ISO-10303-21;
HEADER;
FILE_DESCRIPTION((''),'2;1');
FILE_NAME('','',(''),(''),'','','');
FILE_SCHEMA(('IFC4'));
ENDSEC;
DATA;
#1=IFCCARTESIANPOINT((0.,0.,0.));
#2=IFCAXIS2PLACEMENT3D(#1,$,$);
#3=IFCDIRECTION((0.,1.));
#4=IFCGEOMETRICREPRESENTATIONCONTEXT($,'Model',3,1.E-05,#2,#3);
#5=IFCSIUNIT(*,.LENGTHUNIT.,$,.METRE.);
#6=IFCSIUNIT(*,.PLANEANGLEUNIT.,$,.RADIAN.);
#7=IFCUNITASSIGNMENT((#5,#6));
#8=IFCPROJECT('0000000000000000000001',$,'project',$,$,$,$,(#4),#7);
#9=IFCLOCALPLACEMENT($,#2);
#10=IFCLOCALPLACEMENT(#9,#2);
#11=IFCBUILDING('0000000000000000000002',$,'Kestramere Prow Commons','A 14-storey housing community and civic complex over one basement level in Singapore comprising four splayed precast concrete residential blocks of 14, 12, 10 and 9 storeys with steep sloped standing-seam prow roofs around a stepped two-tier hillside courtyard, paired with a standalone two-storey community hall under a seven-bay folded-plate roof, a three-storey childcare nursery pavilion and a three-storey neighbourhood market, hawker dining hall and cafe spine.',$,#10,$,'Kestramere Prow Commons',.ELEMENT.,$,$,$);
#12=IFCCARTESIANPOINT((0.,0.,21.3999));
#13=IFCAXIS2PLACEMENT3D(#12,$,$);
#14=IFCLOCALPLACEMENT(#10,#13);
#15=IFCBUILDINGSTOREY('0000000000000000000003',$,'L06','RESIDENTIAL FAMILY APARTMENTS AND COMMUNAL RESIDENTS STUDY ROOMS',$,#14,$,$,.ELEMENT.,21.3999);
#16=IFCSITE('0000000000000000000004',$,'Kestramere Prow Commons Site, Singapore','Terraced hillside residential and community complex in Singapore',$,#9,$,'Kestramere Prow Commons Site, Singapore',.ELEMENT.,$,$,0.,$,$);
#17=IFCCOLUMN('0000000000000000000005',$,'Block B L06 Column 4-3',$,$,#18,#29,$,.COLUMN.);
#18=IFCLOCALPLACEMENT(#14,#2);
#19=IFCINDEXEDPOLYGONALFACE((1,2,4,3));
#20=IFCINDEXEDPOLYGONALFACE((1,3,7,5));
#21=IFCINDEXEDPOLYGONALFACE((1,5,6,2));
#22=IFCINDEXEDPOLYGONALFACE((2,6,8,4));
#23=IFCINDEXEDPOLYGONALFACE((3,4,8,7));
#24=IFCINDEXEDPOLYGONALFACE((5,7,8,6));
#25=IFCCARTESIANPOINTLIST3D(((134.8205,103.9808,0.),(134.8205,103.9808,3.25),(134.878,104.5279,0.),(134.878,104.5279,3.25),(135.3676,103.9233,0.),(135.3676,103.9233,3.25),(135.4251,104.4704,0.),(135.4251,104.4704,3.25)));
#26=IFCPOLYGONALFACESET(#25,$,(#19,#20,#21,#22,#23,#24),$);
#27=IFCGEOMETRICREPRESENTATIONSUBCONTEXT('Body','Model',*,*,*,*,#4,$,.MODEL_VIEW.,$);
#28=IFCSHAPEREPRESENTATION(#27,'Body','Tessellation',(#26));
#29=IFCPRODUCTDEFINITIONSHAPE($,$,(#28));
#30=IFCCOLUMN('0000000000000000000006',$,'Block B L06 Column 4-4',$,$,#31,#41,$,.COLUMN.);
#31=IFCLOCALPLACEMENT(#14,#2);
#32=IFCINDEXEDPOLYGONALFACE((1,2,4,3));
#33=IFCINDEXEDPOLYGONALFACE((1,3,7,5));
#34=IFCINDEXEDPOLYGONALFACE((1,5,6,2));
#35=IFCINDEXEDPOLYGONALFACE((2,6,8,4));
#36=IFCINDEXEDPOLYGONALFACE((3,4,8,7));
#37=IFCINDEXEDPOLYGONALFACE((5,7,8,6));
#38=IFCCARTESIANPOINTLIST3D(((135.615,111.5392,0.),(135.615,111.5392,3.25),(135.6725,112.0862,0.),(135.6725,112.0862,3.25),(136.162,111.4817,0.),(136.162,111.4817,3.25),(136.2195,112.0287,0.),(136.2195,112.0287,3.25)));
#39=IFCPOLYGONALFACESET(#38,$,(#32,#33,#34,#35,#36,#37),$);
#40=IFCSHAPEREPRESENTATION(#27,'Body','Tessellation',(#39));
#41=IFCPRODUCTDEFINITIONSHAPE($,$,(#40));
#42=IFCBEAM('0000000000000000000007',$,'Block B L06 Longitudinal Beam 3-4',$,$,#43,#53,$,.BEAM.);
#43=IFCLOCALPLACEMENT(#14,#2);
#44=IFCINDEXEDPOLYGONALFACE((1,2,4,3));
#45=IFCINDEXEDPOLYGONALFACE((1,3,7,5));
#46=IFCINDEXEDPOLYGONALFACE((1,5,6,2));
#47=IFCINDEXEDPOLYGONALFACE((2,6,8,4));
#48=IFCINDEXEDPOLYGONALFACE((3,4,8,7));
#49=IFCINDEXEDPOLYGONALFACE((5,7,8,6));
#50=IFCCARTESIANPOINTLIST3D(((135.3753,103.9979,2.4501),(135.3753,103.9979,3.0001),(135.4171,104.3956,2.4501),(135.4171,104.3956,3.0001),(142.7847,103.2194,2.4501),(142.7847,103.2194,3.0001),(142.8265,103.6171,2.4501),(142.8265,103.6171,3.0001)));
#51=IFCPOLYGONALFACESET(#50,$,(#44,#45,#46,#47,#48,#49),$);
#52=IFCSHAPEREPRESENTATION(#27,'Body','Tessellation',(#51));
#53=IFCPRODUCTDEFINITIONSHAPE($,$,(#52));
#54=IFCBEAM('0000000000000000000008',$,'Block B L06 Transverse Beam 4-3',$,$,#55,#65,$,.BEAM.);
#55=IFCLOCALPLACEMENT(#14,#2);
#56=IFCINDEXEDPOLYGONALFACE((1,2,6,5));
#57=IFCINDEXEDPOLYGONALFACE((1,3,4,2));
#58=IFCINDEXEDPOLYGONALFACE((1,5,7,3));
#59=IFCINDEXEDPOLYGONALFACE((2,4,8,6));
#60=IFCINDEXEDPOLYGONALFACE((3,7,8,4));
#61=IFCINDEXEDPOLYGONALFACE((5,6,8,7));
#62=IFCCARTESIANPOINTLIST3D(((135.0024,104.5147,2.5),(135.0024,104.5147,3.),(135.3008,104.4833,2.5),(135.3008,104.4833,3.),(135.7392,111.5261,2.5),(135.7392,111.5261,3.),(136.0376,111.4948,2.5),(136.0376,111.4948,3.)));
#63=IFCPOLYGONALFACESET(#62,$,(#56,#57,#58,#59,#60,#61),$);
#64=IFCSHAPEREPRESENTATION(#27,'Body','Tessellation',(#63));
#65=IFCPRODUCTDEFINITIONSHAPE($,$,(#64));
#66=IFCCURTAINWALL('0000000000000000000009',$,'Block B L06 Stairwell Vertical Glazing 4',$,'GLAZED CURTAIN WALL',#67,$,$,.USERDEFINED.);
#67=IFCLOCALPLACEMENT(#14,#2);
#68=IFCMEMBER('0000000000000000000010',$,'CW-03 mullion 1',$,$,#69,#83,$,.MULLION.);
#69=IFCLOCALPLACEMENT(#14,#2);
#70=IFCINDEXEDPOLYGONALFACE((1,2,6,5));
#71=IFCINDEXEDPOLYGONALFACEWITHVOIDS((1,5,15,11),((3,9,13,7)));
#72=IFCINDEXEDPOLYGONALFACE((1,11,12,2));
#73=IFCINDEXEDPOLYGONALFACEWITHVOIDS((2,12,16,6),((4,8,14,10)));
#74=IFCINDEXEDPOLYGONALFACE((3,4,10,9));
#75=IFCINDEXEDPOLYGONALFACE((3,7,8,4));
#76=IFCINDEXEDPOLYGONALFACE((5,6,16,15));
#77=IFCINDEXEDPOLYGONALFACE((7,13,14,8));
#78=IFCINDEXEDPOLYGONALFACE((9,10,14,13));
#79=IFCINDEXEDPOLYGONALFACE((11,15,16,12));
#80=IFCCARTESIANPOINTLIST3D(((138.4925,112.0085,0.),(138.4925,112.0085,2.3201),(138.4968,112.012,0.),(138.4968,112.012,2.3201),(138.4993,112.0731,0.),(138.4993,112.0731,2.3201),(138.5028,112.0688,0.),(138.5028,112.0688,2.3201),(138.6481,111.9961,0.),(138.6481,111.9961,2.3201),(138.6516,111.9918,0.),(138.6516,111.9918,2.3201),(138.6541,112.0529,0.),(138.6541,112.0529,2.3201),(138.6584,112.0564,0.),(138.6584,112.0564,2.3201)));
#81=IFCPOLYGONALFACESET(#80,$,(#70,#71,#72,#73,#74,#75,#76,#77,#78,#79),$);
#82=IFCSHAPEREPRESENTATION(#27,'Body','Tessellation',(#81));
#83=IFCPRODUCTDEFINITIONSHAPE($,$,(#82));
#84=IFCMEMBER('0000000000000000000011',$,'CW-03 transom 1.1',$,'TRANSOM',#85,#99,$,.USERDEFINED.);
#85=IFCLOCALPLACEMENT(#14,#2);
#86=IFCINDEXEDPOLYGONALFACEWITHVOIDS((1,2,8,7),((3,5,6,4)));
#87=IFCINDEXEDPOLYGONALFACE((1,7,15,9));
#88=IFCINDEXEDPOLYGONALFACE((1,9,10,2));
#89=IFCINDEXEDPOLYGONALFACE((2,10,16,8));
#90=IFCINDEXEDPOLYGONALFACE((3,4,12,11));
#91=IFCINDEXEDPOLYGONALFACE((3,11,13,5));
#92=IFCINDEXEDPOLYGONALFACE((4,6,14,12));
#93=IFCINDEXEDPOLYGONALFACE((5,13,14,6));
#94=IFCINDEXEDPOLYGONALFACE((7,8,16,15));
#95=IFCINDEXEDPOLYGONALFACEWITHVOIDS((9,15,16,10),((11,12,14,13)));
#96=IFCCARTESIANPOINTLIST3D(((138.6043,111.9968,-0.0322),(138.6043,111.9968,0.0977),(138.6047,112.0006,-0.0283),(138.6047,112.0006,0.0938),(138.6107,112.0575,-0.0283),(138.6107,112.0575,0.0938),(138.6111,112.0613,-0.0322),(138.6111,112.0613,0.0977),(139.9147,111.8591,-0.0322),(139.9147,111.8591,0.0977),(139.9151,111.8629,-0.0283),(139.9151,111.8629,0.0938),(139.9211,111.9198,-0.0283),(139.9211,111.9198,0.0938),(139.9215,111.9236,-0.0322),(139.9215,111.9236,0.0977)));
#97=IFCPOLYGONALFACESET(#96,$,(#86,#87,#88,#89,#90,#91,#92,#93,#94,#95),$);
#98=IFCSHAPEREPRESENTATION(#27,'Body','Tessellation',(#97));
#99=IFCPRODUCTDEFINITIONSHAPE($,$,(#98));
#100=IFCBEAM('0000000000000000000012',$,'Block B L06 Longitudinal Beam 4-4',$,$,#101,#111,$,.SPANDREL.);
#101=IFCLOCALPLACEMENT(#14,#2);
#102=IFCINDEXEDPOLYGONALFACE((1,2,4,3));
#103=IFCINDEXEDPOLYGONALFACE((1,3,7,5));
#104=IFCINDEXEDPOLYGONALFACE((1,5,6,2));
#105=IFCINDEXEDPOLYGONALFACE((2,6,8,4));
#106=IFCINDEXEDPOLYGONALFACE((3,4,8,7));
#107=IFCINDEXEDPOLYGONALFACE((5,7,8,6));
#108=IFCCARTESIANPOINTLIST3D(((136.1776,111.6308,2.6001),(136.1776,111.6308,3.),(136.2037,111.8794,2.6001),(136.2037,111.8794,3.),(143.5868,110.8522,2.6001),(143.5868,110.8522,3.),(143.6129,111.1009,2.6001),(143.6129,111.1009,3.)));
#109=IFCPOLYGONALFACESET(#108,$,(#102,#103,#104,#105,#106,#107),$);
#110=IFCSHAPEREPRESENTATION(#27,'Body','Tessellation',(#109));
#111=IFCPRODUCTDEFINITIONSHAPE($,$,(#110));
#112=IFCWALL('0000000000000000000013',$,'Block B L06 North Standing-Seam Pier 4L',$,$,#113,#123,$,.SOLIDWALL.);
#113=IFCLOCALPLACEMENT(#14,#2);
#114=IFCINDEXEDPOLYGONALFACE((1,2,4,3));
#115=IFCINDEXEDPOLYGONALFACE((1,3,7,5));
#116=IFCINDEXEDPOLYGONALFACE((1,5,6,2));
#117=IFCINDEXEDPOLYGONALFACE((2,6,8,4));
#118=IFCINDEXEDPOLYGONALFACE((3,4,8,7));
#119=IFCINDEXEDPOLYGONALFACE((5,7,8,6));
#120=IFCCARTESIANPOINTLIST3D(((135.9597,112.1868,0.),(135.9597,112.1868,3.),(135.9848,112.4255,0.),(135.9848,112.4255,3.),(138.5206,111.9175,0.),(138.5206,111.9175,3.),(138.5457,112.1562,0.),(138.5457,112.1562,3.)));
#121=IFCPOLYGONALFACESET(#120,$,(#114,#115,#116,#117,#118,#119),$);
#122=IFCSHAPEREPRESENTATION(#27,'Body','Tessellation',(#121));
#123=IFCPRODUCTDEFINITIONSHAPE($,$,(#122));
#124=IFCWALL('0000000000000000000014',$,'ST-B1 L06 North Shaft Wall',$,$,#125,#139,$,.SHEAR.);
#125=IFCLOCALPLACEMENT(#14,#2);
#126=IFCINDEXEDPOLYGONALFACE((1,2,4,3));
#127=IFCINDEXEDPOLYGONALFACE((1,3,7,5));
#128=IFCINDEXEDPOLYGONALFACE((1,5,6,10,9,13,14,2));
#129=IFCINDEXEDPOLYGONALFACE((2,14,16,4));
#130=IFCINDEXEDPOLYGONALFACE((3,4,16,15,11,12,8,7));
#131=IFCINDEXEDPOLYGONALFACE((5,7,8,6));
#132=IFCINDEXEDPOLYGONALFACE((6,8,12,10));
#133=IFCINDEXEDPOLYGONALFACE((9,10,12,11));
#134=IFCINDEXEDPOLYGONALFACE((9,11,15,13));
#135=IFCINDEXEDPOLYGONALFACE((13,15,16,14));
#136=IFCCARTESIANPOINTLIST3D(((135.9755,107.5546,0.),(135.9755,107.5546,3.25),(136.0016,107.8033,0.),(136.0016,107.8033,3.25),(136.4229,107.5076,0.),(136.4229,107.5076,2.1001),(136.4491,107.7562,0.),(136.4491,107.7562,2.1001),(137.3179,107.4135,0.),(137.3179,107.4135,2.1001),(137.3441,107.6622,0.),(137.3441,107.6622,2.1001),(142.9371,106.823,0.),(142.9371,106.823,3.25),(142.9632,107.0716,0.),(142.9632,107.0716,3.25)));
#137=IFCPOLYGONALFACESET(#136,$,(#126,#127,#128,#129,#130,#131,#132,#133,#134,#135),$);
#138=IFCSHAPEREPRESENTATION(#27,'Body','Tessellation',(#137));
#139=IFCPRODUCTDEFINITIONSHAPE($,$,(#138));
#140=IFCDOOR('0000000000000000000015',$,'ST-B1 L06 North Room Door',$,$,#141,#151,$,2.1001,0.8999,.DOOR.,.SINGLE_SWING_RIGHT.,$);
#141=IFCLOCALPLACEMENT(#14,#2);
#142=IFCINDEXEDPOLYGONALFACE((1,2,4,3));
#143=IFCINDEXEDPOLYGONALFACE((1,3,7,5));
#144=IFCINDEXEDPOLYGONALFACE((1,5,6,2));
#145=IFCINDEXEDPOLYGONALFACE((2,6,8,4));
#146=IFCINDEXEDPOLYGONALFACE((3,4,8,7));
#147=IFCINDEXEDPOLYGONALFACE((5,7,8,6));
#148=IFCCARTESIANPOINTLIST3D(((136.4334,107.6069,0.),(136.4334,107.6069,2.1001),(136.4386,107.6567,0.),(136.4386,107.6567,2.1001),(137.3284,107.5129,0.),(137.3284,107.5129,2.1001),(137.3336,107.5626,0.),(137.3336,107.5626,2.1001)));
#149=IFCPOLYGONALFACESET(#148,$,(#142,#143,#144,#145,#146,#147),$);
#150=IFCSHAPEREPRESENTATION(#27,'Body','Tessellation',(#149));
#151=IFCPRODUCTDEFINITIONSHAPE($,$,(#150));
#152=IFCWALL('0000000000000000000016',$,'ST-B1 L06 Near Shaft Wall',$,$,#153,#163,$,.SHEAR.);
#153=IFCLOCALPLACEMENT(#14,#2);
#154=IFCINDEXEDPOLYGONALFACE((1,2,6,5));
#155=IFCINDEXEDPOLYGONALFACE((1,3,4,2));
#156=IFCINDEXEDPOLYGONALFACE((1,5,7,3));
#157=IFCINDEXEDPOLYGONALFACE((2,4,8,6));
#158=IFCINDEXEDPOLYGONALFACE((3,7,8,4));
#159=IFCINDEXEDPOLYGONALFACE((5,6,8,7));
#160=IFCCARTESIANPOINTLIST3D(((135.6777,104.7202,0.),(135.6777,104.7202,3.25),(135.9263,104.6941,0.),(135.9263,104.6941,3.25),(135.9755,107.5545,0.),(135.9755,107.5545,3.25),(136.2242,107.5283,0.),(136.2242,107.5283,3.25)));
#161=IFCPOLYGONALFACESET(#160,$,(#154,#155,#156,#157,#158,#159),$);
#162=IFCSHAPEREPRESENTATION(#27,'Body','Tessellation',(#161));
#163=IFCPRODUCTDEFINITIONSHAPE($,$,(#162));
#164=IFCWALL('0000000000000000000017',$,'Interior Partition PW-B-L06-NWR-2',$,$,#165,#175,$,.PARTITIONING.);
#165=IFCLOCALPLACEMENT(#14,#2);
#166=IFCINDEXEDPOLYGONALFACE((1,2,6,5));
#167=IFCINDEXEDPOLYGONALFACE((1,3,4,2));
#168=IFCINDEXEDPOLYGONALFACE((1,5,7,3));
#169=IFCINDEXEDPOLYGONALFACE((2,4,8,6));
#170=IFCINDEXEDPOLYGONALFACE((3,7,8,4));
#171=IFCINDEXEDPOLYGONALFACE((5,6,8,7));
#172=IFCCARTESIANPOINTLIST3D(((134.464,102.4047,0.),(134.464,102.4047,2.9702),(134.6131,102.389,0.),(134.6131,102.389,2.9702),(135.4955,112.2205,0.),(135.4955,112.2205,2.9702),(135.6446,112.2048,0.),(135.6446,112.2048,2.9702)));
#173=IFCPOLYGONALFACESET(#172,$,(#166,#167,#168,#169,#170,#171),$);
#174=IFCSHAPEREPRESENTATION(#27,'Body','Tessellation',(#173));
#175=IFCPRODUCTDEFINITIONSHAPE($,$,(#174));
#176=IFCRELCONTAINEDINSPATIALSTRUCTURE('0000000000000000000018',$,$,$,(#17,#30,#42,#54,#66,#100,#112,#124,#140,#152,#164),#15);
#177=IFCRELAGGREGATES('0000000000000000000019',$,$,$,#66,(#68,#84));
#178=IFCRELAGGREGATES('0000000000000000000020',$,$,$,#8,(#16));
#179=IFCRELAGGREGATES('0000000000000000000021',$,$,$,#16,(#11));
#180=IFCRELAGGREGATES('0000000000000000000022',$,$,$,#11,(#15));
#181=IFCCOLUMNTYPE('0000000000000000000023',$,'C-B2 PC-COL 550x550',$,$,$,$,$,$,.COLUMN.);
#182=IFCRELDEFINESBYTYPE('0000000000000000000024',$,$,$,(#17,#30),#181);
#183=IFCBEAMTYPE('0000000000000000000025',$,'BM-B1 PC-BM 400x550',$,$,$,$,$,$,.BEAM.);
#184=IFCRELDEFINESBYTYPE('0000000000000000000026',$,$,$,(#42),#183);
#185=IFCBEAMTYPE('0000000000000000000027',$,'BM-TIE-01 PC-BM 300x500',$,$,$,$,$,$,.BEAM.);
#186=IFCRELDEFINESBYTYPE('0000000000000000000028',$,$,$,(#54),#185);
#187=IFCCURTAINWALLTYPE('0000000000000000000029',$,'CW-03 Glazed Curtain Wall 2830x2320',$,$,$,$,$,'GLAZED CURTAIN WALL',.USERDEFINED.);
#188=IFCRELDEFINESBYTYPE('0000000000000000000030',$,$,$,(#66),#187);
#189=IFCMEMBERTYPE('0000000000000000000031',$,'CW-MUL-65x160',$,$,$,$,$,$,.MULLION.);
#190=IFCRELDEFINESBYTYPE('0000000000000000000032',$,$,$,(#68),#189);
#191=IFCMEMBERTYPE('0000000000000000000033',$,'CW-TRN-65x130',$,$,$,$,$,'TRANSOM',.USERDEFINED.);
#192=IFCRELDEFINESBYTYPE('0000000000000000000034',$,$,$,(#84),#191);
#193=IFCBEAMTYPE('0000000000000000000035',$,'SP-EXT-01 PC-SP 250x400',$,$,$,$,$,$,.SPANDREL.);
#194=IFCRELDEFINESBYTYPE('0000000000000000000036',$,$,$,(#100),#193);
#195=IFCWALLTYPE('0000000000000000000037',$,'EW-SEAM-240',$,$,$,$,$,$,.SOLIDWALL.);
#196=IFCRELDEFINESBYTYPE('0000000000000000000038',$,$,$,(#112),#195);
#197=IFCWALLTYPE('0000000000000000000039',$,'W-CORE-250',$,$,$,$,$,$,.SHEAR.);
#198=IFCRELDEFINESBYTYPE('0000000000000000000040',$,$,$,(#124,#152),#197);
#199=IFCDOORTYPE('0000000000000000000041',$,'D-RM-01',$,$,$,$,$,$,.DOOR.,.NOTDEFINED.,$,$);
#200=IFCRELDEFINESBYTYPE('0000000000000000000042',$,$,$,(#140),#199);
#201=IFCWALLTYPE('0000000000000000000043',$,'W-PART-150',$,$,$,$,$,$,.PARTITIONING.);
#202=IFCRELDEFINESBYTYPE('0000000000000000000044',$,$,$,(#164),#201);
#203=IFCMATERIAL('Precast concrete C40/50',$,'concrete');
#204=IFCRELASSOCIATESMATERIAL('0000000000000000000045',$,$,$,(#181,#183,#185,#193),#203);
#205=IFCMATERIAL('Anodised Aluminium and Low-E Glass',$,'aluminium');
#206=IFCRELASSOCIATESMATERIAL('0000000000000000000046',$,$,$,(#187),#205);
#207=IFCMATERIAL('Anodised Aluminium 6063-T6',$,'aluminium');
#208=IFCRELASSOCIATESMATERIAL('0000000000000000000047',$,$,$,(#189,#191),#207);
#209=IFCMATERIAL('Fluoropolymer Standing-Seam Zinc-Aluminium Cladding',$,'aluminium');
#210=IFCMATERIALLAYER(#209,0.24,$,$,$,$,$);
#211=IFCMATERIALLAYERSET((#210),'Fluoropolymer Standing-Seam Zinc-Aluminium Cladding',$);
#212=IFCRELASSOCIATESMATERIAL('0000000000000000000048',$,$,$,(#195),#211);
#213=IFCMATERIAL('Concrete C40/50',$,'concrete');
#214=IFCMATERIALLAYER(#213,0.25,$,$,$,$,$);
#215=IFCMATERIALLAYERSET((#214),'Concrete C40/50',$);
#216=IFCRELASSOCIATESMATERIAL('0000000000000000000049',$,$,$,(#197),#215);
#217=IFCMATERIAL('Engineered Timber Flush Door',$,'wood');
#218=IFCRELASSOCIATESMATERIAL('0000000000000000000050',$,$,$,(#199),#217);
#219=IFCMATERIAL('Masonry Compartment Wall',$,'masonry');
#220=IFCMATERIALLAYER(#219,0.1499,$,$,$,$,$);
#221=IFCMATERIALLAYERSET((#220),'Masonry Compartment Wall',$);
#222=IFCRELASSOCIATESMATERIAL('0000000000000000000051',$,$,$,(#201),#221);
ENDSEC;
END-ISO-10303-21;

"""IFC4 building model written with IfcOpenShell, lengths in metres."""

from ifc_helpers import new_model, si_unit, direction, frame, frame_2d, origin, origin_2d, place, context, subcontext, project, spatial, rectangle, hollow_rectangle, extrude, material, layer, layer_set, material_profile, profile_set, type_object, element, fill, aggregate, save


model = new_model("IFC4")

# Units and contexts
model_context = context("Model", 3, precision=1e-05, world=origin(), true_north=direction((0.0, 1.0)))
body_context = subcontext(model_context, "Body", "Model", "MODEL_VIEW")
ifc_project = project(units=[si_unit("LENGTHUNIT", "METRE"), si_unit("PLANEANGLEUNIT", "RADIAN")], contexts=[model_context])

# Site, building, storey
site_placement = place(None, origin())
site = spatial("IfcSite", under=ifc_project, at=site_placement, Name="Kestramere Prow Commons Site, Singapore", Description="Terraced hillside residential and community complex in Singapore", LongName="Kestramere Prow Commons Site, Singapore", CompositionType="ELEMENT", RefElevation=0.0)
building_placement = place(site_placement, origin())
building = spatial("IfcBuilding", under=site, at=building_placement, Name="Kestramere Prow Commons", Description="A 14-storey housing community and civic complex over one basement level in Singapore comprising four splayed precast concrete residential blocks of 14, 12, 10 and 9 storeys with steep sloped standing-seam prow roofs around a stepped two-tier hillside courtyard, paired with a standalone two-storey community hall under a seven-bay folded-plate roof, a three-storey childcare nursery pavilion and a three-storey neighbourhood market, hawker dining hall and cafe spine.", LongName="Kestramere Prow Commons", CompositionType="ELEMENT")
storey_placement = place(building_placement, frame((0.0, 0.0, 21.3999)))
storey = spatial("IfcBuildingStorey", under=building, at=storey_placement, Name="L06", Description="RESIDENTIAL FAMILY APARTMENTS AND COMMUNAL RESIDENTS STUDY ROOMS", CompositionType="ELEMENT", Elevation=21.3999)

# Columns
ifc_material_1 = material(Name="Precast concrete C40/50", Category="concrete")
ifc_material_profile_1 = material_profile(ifc_material_1, rectangle(XDim=0.55, YDim=0.55, at=origin_2d()), Name="PC-COL 550x550")
ifc_profile_set_1 = profile_set([ifc_material_profile_1], Name="Precast concrete C40/50")
column_type = type_object("IfcColumnType", Name="C-B2 PC-COL 550x550", PredefinedType="COLUMN", material=ifc_profile_set_1)
for number, where, z_axis, x_axis, name in (
    (1, (135.1228, 104.2256, 0.0), (0.0, 0.0, 1.0), (0.994522, -0.104528, 0.0), "Block B L06 Column 4-3"),
    (2, (135.9172, 111.7839, 0.0), (0.0, 0.0, 1.0), (0.994522, -0.104528, 0.0), "Block B L06 Column 4-4"),
):
    element("IfcColumn", number, at=place(storey_placement, frame(where, z_axis=z_axis, x_axis=x_axis)), inside=storey, type_object=column_type, Name=name, PredefinedType="COLUMN", context=body_context, shape_type="SweptSolid", body=[
        extrude(rectangle(XDim=0.55, YDim=0.55, at=origin_2d()), origin(), (0.0, 0.0, 1.0), 3.25),
    ])

# Beams
ifc_material_profile_2 = material_profile(ifc_material_1, rectangle(XDim=0.3999, YDim=0.55, at=origin_2d()), Name="PC-BM 400x550")
ifc_profile_set_2 = profile_set([ifc_material_profile_2], Name="Precast concrete C40/50")
beam_type_1 = type_object("IfcBeamType", Name="BM-B1 PC-BM 400x550", PredefinedType="BEAM", material=ifc_profile_set_2)
beam_1_placement = place(storey_placement, frame((135.3962, 104.1968, 2.7251), z_axis=(0.994525, -0.104502, 0.0), x_axis=(0.104502, 0.994525, 0.0)))
element("IfcBeam", 3, at=beam_1_placement, inside=storey, type_object=beam_type_1, Name="Block B L06 Longitudinal Beam 3-4", PredefinedType="BEAM", context=body_context, shape_type="SweptSolid", body=[
    extrude(rectangle(XDim=0.3999, YDim=0.55, at=origin_2d()), origin(), (0.0, 0.0, 1.0), 7.4502),
])
ifc_material_profile_3 = material_profile(ifc_material_1, rectangle(XDim=0.3, YDim=0.5, at=origin_2d()), Name="PC-BM 300x500")
ifc_profile_set_3 = profile_set([ifc_material_profile_3], Name="Precast concrete C40/50")
beam_type_2 = type_object("IfcBeamType", Name="BM-TIE-01 PC-BM 300x500", PredefinedType="BEAM", material=ifc_profile_set_3)
beam_2_placement = place(storey_placement, frame((135.1516, 104.499, 2.75), z_axis=(0.104512, 0.994524, 0.0), x_axis=(-0.994524, 0.104512, 0.0)))
element("IfcBeam", 4, at=beam_2_placement, inside=storey, type_object=beam_type_2, Name="Block B L06 Transverse Beam 4-3", PredefinedType="BEAM", context=body_context, shape_type="SweptSolid", body=[
    extrude(rectangle(XDim=0.3, YDim=0.5, at=origin_2d()), origin(), (0.0, 0.0, 1.0), 7.05),
])

# Curtain wall, members
ifc_material_2 = material(Name="Anodised Aluminium and Low-E Glass", Category="aluminium")
curtain_wall_type = type_object("IfcCurtainWallType", Name="CW-03 Glazed Curtain Wall 2830x2320", ElementType="GLAZED CURTAIN WALL", PredefinedType="USERDEFINED", material=ifc_material_2)
curtain_wall_placement = place(storey_placement, origin())
curtain_wall = element("IfcCurtainWall", 5, at=curtain_wall_placement, inside=storey, type_object=curtain_wall_type, Name="Block B L06 Stairwell Vertical Glazing 4", ObjectType="GLAZED CURTAIN WALL", PredefinedType="USERDEFINED")
ifc_material_3 = material(Name="Anodised Aluminium 6063-T6", Category="aluminium")
ifc_material_profile_4 = material_profile(ifc_material_3, hollow_rectangle(XDim=0.0649, YDim=0.1599, WallThickness=0.0039, at=origin_2d()), Name="ALU-MUL 65x160")
ifc_profile_set_4 = profile_set([ifc_material_profile_4], Name="Anodised Aluminium 6063-T6")
member_type_1 = type_object("IfcMemberType", Name="CW-MUL-65x160", PredefinedType="MULLION", material=ifc_profile_set_4)
member_1_placement = place(storey_placement, frame((138.5754, 112.0325, 0.0), z_axis=(0.0, 0.0, 1.0), x_axis=(0.104529, 0.994522, 0.0)))
member_1 = element("IfcMember", 6, at=member_1_placement, type_object=member_type_1, Name="CW-03 mullion 1", PredefinedType="MULLION", context=body_context, shape_type="SweptSolid", body=[
    extrude(hollow_rectangle(XDim=0.0649, YDim=0.1599, WallThickness=0.0039, at=origin_2d()), origin(), (0.0, 0.0, 1.0), 2.3201),
])
ifc_material_profile_5 = material_profile(ifc_material_3, hollow_rectangle(XDim=0.0649, YDim=0.1299, WallThickness=0.0039, at=origin_2d()), Name="ALU-TRN 65x130")
ifc_profile_set_5 = profile_set([ifc_material_profile_5], Name="Anodised Aluminium 6063-T6")
member_type_2 = type_object("IfcMemberType", Name="CW-TRN-65x130", ElementType="TRANSOM", PredefinedType="USERDEFINED", material=ifc_profile_set_5)
member_2_placement = place(storey_placement, frame((138.6077, 112.0291, 0.0327), z_axis=(0.994524, -0.104511, 0.0), x_axis=(0.104511, 0.994524, 0.0)))
member_2 = element("IfcMember", 7, at=member_2_placement, type_object=member_type_2, Name="CW-03 transom 1.1", ObjectType="TRANSOM", PredefinedType="USERDEFINED", context=body_context, shape_type="SweptSolid", body=[
    extrude(hollow_rectangle(XDim=0.0649, YDim=0.1299, WallThickness=0.0039, at=origin_2d()), origin(), (0.0, 0.0, 1.0), 1.3176),
])
aggregate(curtain_wall, [member_1, member_2])

# Beam
ifc_material_profile_6 = material_profile(ifc_material_1, rectangle(XDim=0.25, YDim=0.3999, at=origin_2d()), Name="PC-SP 250x400")
ifc_profile_set_6 = profile_set([ifc_material_profile_6], Name="Precast concrete C40/50")
beam_type_3 = type_object("IfcBeamType", Name="SP-EXT-01 PC-SP 250x400", PredefinedType="SPANDREL", material=ifc_profile_set_6)
beam_3_placement = place(storey_placement, frame((136.1907, 111.7551, 2.8), z_axis=(0.994524, -0.104506, 0.0), x_axis=(0.104506, 0.994524, 0.0)))
element("IfcBeam", 8, at=beam_3_placement, inside=storey, type_object=beam_type_3, Name="Block B L06 Longitudinal Beam 4-4", PredefinedType="SPANDREL", context=body_context, shape_type="SweptSolid", body=[
    extrude(rectangle(XDim=0.25, YDim=0.3999, at=origin_2d()), origin(), (0.0, 0.0, 1.0), 7.45),
])

# Wall
ifc_material_4 = material(Name="Fluoropolymer Standing-Seam Zinc-Aluminium Cladding", Category="aluminium")
ifc_layer_1 = layer(ifc_material_4, 0.24)
ifc_layer_set_1 = layer_set([ifc_layer_1], Name="Fluoropolymer Standing-Seam Zinc-Aluminium Cladding")
wall_type_1 = type_object("IfcWallType", Name="EW-SEAM-240", PredefinedType="SOLIDWALL", material=ifc_layer_set_1)
wall_1_placement = place(storey_placement, frame((135.9722, 112.3062, 0.0), z_axis=(0.0, 0.0, 1.0), x_axis=(0.994516, -0.104581, 0.0)))
element("IfcWall", 9, at=wall_1_placement, inside=storey, type_object=wall_type_1, Name="Block B L06 North Standing-Seam Pier 4L", PredefinedType="SOLIDWALL", context=body_context, shape_type="SweptSolid", body=[
    extrude(rectangle(XDim=2.575, YDim=0.24, at=frame_2d((1.2876, 0.0))), origin(), (0.0, 0.0, 1.0), 3.0),
])

# Wall, opening, door
ifc_material_5 = material(Name="Concrete C40/50", Category="concrete")
ifc_layer_2 = layer(ifc_material_5, 0.25)
ifc_layer_set_2 = layer_set([ifc_layer_2], Name="Concrete C40/50")
wall_type_2 = type_object("IfcWallType", Name="W-CORE-250", PredefinedType="SHEAR", material=ifc_layer_set_2)
wall_2_placement = place(storey_placement, frame((135.9885, 107.679, 0.0), z_axis=(0.0, 0.0, 1.0), x_axis=(0.994522, -0.104527, 0.0)))
wall_2 = element("IfcWall", 10, at=wall_2_placement, inside=storey, type_object=wall_type_2, Name="ST-B1 L06 North Shaft Wall", PredefinedType="SHEAR", context=body_context, shape_type="SweptSolid", body=[
    extrude(rectangle(XDim=7.0, YDim=0.25, at=frame_2d((3.5, 0.0))), origin(), (0.0, 0.0, 1.0), 3.25),
])
opening_1_placement = place(wall_2_placement, frame((0.45, 0.0, 0.0)))
opening_1 = element("IfcOpeningElement", 11, at=opening_1_placement, cuts=wall_2, PredefinedType="OPENING", context=body_context, shape_type="SweptSolid", body=[
    extrude(rectangle(XDim=0.8999, YDim=2.1001, at=frame_2d((0.45, 1.05))), frame((0.0, 0.1399, 0.0), z_axis=(0.0, -1.0, 0.0), x_axis=(1.0, 0.0, 0.0)), (0.0, 0.0, 1.0), 0.28),
])
ifc_material_6 = material(Name="Engineered Timber Flush Door", Category="wood")
door_type_1 = type_object("IfcDoorType", Name="D-RM-01", OperationType="NOTDEFINED", PredefinedType="DOOR", material=ifc_material_6)
door_1_placement = place(opening_1_placement, origin())
door_1 = element("IfcDoor", 12, at=door_1_placement, inside=storey, type_object=door_type_1, Name="ST-B1 L06 North Room Door", OperationType="SINGLE_SWING_RIGHT", OverallHeight=2.1001, OverallWidth=0.8999, PredefinedType="DOOR", context=body_context, shape_type="SweptSolid", body=[
    extrude(rectangle(XDim=0.8999, YDim=2.1001, at=frame_2d((0.45, 1.05))), frame((0.0, 0.0249, 0.0), z_axis=(0.0, -1.0, 0.0), x_axis=(1.0, 0.0, 0.0)), (0.0, 0.0, 1.0), 0.05),
])
fill(opening_1, door_1)

# Walls
wall_3_placement = place(storey_placement, frame((135.802, 104.7073, 0.0), z_axis=(0.0, 0.0, 1.0), x_axis=(0.104515, 0.994523, 0.0)))
element("IfcWall", 13, at=wall_3_placement, inside=storey, type_object=wall_type_2, Name="ST-B1 L06 Near Shaft Wall", PredefinedType="SHEAR", context=body_context, shape_type="SweptSolid", body=[
    extrude(rectangle(XDim=2.8499, YDim=0.25, at=frame_2d((1.4248, 0.0))), origin(), (0.0, 0.0, 1.0), 3.25),
])
ifc_material_7 = material(Name="Masonry Compartment Wall", Category="masonry")
ifc_layer_3 = layer(ifc_material_7, 0.1499)
ifc_layer_set_3 = layer_set([ifc_layer_3], Name="Masonry Compartment Wall")
wall_type_3 = type_object("IfcWallType", Name="W-PART-150", PredefinedType="PARTITIONING", material=ifc_layer_set_3)
wall_4_placement = place(storey_placement, frame((134.5386, 102.3967, 0.0), z_axis=(0.0, 0.0, 1.0), x_axis=(0.104508, 0.994524, 0.0)))
element("IfcWall", 14, at=wall_4_placement, inside=storey, type_object=wall_type_3, Name="Interior Partition PW-B-L06-NWR-2", PredefinedType="PARTITIONING", context=body_context, shape_type="SweptSolid", body=[
    extrude(rectangle(XDim=9.8699, YDim=0.1499, at=frame_2d((4.9351, 0.0))), origin(), (0.0, 0.0, 1.0), 2.9702),
])

save(model, "model.ifc")
